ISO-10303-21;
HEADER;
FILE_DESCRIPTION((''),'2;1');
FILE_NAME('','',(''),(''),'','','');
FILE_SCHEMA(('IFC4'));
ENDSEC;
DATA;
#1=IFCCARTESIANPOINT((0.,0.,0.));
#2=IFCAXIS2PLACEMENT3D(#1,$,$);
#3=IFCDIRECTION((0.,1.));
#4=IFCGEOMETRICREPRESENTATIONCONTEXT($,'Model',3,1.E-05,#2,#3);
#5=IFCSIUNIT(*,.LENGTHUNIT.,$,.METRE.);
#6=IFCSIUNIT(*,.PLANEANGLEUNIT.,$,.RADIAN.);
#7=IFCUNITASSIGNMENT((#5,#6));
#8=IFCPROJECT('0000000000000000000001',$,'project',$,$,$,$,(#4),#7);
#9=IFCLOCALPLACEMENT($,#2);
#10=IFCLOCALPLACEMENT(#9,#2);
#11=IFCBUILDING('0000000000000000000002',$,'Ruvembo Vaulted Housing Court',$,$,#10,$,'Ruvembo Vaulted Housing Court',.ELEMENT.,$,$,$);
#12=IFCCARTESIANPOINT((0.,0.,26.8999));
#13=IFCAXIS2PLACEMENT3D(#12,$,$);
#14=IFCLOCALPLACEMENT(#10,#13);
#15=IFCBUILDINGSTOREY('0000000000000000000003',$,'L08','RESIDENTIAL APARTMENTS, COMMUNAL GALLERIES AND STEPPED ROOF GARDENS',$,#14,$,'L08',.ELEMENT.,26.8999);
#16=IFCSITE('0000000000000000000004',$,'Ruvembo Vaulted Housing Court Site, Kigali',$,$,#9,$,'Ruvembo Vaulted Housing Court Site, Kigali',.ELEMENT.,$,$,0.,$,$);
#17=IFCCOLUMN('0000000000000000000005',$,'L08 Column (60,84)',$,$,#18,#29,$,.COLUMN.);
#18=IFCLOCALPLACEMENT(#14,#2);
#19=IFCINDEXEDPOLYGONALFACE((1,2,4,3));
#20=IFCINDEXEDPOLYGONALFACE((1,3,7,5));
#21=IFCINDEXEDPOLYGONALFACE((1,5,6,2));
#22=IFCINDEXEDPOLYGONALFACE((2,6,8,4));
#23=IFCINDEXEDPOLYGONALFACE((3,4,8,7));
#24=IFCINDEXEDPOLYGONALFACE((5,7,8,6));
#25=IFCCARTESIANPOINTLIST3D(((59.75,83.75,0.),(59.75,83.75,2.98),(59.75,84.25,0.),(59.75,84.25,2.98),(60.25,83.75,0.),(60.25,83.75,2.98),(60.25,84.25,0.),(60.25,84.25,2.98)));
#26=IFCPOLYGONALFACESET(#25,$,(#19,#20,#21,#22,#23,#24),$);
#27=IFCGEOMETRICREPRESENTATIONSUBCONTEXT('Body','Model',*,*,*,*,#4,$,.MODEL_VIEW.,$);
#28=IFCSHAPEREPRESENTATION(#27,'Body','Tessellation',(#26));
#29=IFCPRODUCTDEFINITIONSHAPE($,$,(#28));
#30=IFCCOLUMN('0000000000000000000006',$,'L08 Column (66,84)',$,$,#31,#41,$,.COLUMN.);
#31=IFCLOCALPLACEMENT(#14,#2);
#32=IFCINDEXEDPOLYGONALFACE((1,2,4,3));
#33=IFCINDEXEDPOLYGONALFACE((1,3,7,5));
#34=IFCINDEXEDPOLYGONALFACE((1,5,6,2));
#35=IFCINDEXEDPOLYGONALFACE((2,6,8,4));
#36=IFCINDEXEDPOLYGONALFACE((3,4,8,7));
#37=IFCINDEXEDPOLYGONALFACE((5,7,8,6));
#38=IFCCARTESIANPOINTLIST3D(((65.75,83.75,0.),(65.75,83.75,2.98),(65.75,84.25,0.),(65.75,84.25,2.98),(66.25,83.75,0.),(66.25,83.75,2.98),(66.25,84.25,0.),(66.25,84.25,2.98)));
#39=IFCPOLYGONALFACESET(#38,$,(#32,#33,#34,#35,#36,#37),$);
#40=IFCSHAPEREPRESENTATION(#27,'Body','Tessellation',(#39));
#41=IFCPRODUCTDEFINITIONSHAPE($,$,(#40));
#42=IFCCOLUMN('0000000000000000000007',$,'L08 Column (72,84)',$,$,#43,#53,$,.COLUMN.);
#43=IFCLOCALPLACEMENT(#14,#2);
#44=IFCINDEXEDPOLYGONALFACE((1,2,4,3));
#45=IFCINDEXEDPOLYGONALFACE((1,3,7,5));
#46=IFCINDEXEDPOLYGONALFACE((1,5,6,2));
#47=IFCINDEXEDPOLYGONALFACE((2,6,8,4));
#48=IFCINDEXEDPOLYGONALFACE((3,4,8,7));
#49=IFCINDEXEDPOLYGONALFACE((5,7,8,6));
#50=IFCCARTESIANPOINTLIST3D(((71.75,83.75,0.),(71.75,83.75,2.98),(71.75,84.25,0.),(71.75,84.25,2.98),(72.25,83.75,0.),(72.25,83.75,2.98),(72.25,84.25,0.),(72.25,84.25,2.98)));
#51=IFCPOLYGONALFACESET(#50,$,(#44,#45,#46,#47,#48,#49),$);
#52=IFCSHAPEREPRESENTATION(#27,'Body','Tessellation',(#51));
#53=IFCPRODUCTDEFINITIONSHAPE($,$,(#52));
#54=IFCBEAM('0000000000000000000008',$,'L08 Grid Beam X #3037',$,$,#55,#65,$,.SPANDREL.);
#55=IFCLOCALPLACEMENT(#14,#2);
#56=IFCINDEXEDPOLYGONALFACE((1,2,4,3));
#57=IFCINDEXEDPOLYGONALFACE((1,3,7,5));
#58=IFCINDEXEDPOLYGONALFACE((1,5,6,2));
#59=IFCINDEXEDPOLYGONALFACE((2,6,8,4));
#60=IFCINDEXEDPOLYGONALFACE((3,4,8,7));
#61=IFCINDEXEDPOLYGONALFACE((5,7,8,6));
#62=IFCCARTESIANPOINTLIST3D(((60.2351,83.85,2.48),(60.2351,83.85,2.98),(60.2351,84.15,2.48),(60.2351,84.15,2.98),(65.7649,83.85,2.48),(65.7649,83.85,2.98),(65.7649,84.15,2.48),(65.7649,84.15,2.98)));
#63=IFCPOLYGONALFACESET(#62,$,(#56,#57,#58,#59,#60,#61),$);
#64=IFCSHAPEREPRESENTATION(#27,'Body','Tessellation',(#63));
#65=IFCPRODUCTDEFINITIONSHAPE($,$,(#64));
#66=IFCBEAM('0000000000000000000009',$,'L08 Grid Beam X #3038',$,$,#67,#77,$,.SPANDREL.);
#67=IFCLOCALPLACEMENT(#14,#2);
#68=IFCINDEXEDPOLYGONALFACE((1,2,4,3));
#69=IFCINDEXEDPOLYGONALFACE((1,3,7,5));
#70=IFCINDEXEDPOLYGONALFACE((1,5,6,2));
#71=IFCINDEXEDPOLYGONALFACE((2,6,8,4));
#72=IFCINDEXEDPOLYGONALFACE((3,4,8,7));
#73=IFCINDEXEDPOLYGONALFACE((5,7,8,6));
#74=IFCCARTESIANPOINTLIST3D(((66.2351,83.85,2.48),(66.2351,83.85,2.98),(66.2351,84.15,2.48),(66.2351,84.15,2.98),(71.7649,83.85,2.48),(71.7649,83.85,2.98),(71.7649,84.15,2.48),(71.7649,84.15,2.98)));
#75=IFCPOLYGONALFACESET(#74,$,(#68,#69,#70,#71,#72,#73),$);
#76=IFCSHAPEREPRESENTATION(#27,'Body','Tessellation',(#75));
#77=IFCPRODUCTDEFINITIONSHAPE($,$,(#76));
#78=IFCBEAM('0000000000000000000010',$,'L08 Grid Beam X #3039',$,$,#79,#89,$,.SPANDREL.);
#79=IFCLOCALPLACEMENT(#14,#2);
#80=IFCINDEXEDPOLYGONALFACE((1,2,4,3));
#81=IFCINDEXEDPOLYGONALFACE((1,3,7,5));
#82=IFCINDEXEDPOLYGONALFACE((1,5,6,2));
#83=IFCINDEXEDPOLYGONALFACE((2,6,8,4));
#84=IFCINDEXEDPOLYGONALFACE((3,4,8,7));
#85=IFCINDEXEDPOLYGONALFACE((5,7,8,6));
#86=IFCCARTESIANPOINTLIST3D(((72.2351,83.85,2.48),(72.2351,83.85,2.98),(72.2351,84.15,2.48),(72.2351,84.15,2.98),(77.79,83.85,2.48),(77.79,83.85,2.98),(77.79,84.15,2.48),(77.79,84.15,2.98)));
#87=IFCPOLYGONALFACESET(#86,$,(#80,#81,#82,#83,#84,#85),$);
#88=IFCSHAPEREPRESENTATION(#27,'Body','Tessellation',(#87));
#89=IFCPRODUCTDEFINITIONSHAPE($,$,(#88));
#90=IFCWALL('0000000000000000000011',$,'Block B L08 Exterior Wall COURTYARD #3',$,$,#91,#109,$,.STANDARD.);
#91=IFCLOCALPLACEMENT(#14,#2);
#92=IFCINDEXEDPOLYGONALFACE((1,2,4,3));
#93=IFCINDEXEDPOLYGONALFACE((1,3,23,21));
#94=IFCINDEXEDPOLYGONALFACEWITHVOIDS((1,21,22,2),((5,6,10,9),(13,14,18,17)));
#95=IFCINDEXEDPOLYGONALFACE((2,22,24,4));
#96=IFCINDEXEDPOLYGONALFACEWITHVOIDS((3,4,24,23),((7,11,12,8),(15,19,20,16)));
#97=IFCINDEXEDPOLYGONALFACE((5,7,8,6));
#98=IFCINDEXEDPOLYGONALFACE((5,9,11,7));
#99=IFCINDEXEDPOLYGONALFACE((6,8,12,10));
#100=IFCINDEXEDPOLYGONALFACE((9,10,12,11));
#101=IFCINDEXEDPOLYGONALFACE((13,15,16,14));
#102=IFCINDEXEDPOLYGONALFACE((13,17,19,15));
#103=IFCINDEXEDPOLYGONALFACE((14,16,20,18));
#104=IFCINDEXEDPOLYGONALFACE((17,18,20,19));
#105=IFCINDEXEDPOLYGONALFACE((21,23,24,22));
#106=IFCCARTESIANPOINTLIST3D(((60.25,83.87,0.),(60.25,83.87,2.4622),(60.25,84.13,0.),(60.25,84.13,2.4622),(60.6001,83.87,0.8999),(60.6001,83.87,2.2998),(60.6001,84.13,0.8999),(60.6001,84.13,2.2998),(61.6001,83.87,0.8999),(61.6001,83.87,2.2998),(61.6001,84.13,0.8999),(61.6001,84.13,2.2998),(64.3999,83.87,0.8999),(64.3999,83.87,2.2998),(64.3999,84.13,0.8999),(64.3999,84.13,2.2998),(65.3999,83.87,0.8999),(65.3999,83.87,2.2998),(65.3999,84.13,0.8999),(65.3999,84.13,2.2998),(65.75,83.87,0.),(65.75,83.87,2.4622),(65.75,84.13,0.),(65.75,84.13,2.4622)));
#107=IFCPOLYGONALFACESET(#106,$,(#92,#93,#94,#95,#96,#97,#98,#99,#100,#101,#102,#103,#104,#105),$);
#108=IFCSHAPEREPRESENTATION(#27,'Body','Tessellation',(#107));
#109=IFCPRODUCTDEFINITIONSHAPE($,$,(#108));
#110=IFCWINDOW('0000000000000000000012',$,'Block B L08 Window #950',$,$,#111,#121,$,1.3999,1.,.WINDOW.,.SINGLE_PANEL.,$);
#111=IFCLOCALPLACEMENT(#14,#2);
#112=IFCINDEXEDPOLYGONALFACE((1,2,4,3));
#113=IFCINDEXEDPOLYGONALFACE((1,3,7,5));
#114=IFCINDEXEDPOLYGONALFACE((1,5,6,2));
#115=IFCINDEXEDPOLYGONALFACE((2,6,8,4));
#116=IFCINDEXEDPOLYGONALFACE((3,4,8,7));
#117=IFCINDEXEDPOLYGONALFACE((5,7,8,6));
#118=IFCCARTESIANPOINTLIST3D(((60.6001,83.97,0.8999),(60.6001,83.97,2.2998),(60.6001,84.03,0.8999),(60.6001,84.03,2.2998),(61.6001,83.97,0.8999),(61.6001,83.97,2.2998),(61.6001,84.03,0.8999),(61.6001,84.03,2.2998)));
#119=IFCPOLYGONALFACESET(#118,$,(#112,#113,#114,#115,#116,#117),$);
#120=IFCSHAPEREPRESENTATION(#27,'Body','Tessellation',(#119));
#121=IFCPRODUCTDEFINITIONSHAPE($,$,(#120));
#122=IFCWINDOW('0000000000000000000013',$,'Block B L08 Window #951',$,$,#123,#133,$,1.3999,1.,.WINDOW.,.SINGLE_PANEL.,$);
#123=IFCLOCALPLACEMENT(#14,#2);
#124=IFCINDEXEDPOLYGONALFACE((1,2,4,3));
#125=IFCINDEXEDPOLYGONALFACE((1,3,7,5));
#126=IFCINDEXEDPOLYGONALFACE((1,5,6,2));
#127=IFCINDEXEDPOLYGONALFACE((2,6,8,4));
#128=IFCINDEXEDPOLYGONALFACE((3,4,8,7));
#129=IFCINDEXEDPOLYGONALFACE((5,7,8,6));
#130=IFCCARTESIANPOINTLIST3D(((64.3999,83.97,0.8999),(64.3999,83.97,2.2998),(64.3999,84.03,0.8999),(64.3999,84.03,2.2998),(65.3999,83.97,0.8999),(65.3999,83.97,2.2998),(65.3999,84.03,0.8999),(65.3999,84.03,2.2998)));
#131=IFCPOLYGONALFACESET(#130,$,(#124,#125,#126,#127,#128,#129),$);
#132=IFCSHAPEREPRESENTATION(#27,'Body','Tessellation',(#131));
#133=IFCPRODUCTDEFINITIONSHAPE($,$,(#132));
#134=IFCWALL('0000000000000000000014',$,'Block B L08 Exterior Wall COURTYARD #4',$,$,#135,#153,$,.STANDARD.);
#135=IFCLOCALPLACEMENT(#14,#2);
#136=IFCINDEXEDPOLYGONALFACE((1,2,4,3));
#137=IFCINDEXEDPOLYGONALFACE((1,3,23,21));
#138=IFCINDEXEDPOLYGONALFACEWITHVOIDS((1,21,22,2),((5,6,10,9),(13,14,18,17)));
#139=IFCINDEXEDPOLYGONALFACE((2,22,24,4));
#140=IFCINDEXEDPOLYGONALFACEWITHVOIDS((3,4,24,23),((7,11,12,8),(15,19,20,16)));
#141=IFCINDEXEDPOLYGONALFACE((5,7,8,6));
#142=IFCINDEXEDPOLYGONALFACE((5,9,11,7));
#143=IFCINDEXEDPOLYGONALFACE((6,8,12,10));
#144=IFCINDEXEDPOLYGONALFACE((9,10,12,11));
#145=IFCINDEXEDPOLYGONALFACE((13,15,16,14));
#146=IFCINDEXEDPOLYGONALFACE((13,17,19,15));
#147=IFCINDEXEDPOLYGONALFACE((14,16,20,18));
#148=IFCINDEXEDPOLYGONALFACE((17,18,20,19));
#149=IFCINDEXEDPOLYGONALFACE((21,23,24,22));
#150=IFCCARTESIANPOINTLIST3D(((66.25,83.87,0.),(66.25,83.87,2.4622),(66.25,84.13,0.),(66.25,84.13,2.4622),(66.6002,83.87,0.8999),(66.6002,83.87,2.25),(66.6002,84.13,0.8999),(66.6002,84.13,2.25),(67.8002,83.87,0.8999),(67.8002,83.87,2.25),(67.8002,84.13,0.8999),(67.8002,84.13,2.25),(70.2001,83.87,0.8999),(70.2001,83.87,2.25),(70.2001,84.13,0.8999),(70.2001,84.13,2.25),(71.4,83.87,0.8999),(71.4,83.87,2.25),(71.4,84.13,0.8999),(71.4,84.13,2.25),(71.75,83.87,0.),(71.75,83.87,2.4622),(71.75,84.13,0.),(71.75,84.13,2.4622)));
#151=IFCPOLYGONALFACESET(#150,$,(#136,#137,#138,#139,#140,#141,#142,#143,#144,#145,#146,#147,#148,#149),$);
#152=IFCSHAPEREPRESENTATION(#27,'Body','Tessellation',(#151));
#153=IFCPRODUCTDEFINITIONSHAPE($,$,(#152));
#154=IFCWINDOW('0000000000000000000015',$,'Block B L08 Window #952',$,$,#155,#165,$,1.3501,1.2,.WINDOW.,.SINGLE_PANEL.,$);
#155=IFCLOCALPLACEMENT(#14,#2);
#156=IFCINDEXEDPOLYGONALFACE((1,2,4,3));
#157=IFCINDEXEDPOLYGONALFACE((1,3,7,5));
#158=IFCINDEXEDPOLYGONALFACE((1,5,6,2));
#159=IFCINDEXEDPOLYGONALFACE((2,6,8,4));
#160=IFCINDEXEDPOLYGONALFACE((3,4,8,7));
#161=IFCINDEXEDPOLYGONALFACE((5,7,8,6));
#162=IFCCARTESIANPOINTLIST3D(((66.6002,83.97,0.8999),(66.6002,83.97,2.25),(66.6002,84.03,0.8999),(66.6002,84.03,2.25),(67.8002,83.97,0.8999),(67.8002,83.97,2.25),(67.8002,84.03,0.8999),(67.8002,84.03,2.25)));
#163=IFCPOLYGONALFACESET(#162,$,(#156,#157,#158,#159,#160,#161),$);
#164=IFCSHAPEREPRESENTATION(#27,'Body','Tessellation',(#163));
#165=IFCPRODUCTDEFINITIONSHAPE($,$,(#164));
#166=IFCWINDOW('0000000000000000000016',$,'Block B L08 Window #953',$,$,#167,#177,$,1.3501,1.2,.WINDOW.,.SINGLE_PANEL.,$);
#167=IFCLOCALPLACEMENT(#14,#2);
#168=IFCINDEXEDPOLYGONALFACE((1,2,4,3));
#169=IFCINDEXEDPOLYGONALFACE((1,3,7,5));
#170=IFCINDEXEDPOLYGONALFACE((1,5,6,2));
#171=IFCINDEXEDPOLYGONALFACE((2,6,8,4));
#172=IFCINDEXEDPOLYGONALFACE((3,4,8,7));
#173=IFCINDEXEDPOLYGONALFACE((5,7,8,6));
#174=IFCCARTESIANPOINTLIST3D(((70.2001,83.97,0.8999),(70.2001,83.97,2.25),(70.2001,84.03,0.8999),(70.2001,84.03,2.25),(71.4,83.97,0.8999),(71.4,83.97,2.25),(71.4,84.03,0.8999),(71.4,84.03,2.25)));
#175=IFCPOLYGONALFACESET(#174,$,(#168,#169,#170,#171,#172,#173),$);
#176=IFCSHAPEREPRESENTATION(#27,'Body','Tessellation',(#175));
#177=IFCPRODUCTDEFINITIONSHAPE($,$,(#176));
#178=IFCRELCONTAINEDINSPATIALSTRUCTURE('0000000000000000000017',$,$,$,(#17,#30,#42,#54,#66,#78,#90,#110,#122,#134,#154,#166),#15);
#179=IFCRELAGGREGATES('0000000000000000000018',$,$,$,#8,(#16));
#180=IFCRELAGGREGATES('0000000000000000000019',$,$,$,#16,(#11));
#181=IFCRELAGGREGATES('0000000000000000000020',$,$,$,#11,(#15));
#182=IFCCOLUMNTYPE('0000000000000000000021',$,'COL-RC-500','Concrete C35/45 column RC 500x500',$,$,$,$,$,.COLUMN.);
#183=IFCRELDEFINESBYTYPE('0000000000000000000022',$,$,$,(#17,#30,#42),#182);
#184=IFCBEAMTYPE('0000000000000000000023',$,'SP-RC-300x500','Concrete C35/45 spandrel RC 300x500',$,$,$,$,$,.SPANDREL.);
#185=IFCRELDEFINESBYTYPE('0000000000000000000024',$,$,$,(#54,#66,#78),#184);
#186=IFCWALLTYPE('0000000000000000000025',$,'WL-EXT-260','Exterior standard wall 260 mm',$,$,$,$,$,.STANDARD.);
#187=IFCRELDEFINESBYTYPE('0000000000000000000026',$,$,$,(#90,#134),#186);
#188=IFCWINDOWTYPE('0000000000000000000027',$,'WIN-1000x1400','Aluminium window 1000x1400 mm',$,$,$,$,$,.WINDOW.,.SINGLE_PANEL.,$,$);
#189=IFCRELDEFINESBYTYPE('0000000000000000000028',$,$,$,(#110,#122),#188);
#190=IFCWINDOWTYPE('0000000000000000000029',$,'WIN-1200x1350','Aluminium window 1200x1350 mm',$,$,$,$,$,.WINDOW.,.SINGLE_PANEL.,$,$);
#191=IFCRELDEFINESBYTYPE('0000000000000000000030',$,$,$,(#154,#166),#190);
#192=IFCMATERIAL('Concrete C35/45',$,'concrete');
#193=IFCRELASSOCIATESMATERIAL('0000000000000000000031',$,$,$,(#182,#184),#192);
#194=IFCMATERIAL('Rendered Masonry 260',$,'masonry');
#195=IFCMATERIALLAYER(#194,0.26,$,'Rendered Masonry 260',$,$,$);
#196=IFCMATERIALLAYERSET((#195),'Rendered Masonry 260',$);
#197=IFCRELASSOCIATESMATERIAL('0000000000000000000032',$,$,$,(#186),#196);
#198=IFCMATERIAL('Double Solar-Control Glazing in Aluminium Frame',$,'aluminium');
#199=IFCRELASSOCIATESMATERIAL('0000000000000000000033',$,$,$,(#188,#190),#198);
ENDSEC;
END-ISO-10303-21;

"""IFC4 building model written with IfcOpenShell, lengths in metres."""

from ifc_helpers import new_model, si_unit, direction, frame, frame_2d, origin, origin_2d, place, context, subcontext, project, spatial, rectangle, extrude, material, layer, layer_set, material_profile, profile_set, type_object, element, fill, save


model = new_model("IFC4")

# Units and contexts
model_context = context("Model", 3, precision=1e-05, world=origin(), true_north=direction((0.0, 1.0)))
body_context = subcontext(model_context, "Body", "Model", "MODEL_VIEW")
ifc_project = project(units=[si_unit("LENGTHUNIT", "METRE"), si_unit("PLANEANGLEUNIT", "RADIAN")], contexts=[model_context])

# Site, building, storey
site_placement = place(None, origin())
site = spatial("IfcSite", under=ifc_project, at=site_placement, Name="Ruvembo Vaulted Housing Court Site, Kigali", LongName="Ruvembo Vaulted Housing Court Site, Kigali", CompositionType="ELEMENT", RefElevation=0.0)
building_placement = place(site_placement, origin())
building = spatial("IfcBuilding", under=site, at=building_placement, Name="Ruvembo Vaulted Housing Court", LongName="Ruvembo Vaulted Housing Court", CompositionType="ELEMENT")
storey_placement = place(building_placement, frame((0.0, 0.0, 26.8999)))
storey = spatial("IfcBuildingStorey", under=building, at=storey_placement, Name="L08", Description="RESIDENTIAL APARTMENTS, COMMUNAL GALLERIES AND STEPPED ROOF GARDENS", LongName="L08", CompositionType="ELEMENT", Elevation=26.8999)

# Columns
ifc_material_1 = material(Name="Concrete C35/45", Category="concrete")
ifc_material_profile_1 = material_profile(ifc_material_1, rectangle(XDim=0.5, YDim=0.5, at=origin_2d()), Name="RC 500x500")
ifc_profile_set_1 = profile_set([ifc_material_profile_1], Name="Concrete C35/45")
column_type = type_object("IfcColumnType", Name="COL-RC-500", Description="Concrete C35/45 column RC 500x500", PredefinedType="COLUMN", material=ifc_profile_set_1)
for number, where, z_axis, x_axis, name in (
    (1, (60.0, 84.0, 0.0), (0.0, 0.0, 1.0), (1.0, 0.0, 0.0), "L08 Column (60,84)"),
    (2, (66.0, 84.0, 0.0), (0.0, 0.0, 1.0), (1.0, 0.0, 0.0), "L08 Column (66,84)"),
    (3, (72.0, 84.0, 0.0), (0.0, 0.0, 1.0), (1.0, 0.0, 0.0), "L08 Column (72,84)"),
):
    element("IfcColumn", number, at=place(storey_placement, frame(where, z_axis=z_axis, x_axis=x_axis)), inside=storey, type_object=column_type, Name=name, PredefinedType="COLUMN", context=body_context, shape_type="SweptSolid", body=[
        extrude(rectangle(XDim=0.5, YDim=0.5, at=origin_2d()), origin(), (0.0, 0.0, 1.0), 2.98),
    ])

# Beams
ifc_material_profile_2 = material_profile(ifc_material_1, rectangle(XDim=0.3, YDim=0.5, at=origin_2d()), Name="RC 300x500")
ifc_profile_set_2 = profile_set([ifc_material_profile_2], Name="Concrete C35/45")
beam_type = type_object("IfcBeamType", Name="SP-RC-300x500", Description="Concrete C35/45 spandrel RC 300x500", PredefinedType="SPANDREL", material=ifc_profile_set_2)
for number, where, z_axis, x_axis, name in (
    (4, (60.2351, 84.0, 2.73), (1.0, 0.0, 0.0), (0.0, 1.0, 0.0), "L08 Grid Beam X #3037"),
    (5, (66.2351, 84.0, 2.73), (1.0, 0.0, 0.0), (0.0, 1.0, 0.0), "L08 Grid Beam X #3038"),
):
    element("IfcBeam", number, at=place(storey_placement, frame(where, z_axis=z_axis, x_axis=x_axis)), inside=storey, type_object=beam_type, Name=name, PredefinedType="SPANDREL", context=body_context, shape_type="SweptSolid", body=[
        extrude(rectangle(XDim=0.3, YDim=0.5, at=origin_2d()), origin(), (0.0, 0.0, 1.0), 5.5298),
    ])
beam_placement = place(storey_placement, frame((72.2351, 84.0, 2.73), z_axis=(1.0, 0.0, 0.0), x_axis=(0.0, 1.0, 0.0)))
element("IfcBeam", 6, at=beam_placement, inside=storey, type_object=beam_type, Name="L08 Grid Beam X #3039", PredefinedType="SPANDREL", context=body_context, shape_type="SweptSolid", body=[
    extrude(rectangle(XDim=0.3, YDim=0.5, at=origin_2d()), origin(), (0.0, 0.0, 1.0), 5.5549),
])

# Walls, openings, windows
ifc_material_2 = material(Name="Rendered Masonry 260", Category="masonry")
ifc_layer = layer(ifc_material_2, 0.26, Name="Rendered Masonry 260")
ifc_layer_set = layer_set([ifc_layer], Name="Rendered Masonry 260")
wall_type = type_object("IfcWallType", Name="WL-EXT-260", Description="Exterior standard wall 260 mm", PredefinedType="STANDARD", material=ifc_layer_set)
wall_1_placement = place(storey_placement, frame((60.25, 84.0, 0.0), z_axis=(0.0, 0.0, 1.0), x_axis=(1.0, 0.0, 0.0)))
wall_1 = element("IfcWall", 7, at=wall_1_placement, inside=storey, type_object=wall_type, Name="Block B L08 Exterior Wall COURTYARD #3", PredefinedType="STANDARD", context=body_context, shape_type="SweptSolid", body=[
    extrude(rectangle(XDim=5.5, YDim=0.26, at=frame_2d((2.75, 0.0))), origin(), (0.0, 0.0, 1.0), 2.4622),
])
opening_1_placement = place(wall_1_placement, frame((0.3501, 0.0, 0.8999)))
opening_1 = element("IfcOpeningElement", 8, at=opening_1_placement, cuts=wall_1, PredefinedType="OPENING", context=body_context, shape_type="SweptSolid", body=[
    extrude(rectangle(XDim=1.0, YDim=1.3999, at=frame_2d((0.5, 0.7))), frame((0.0, 0.1399, 0.0), z_axis=(0.0, -1.0, 0.0), x_axis=(1.0, 0.0, 0.0)), (0.0, 0.0, 1.0), 0.28),
])
opening_2_placement = place(wall_1_placement, frame((4.1499, 0.0, 0.8999)))
opening_2 = element("IfcOpeningElement", 9, at=opening_2_placement, cuts=wall_1, PredefinedType="OPENING", context=body_context, shape_type="SweptSolid", body=[
    extrude(rectangle(XDim=1.0, YDim=1.3999, at=frame_2d((0.5, 0.7))), frame((0.0, 0.1399, 0.0), z_axis=(0.0, -1.0, 0.0), x_axis=(1.0, 0.0, 0.0)), (0.0, 0.0, 1.0), 0.28),
])
ifc_material_3 = material(Name="Double Solar-Control Glazing in Aluminium Frame", Category="aluminium")
window_type_1 = type_object("IfcWindowType", Name="WIN-1000x1400", Description="Aluminium window 1000x1400 mm", PartitioningType="SINGLE_PANEL", PredefinedType="WINDOW", material=ifc_material_3)
window_1_placement = place(opening_1_placement, origin())
window_1 = element("IfcWindow", 10, at=window_1_placement, inside=storey, type_object=window_type_1, Name="Block B L08 Window #950", OverallHeight=1.3999, OverallWidth=1.0, PartitioningType="SINGLE_PANEL", PredefinedType="WINDOW", context=body_context, shape_type="SweptSolid", body=[
    extrude(rectangle(XDim=1.0, YDim=1.3999, at=frame_2d((0.5, 0.7))), frame((0.0, 0.03, 0.0), z_axis=(0.0, -1.0, 0.0), x_axis=(1.0, 0.0, 0.0)), (0.0, 0.0, 1.0), 0.0601),
])
fill(opening_1, window_1)
window_2_placement = place(opening_2_placement, origin())
window_2 = element("IfcWindow", 11, at=window_2_placement, inside=storey, type_object=window_type_1, Name="Block B L08 Window #951", OverallHeight=1.3999, OverallWidth=1.0, PartitioningType="SINGLE_PANEL", PredefinedType="WINDOW", context=body_context, shape_type="SweptSolid", body=[
    extrude(rectangle(XDim=1.0, YDim=1.3999, at=frame_2d((0.5, 0.7))), frame((0.0, 0.03, 0.0), z_axis=(0.0, -1.0, 0.0), x_axis=(1.0, 0.0, 0.0)), (0.0, 0.0, 1.0), 0.0601),
])
fill(opening_2, window_2)
wall_2_placement = place(storey_placement, frame((66.25, 84.0, 0.0), z_axis=(0.0, 0.0, 1.0), x_axis=(1.0, 0.0, 0.0)))
wall_2 = element("IfcWall", 12, at=wall_2_placement, inside=storey, type_object=wall_type, Name="Block B L08 Exterior Wall COURTYARD #4", PredefinedType="STANDARD", context=body_context, shape_type="SweptSolid", body=[
    extrude(rectangle(XDim=5.5, YDim=0.26, at=frame_2d((2.75, 0.0))), origin(), (0.0, 0.0, 1.0), 2.4622),
])
opening_3_placement = place(wall_2_placement, frame((0.3501, 0.0, 0.8999)))
opening_3 = element("IfcOpeningElement", 13, at=opening_3_placement, cuts=wall_2, PredefinedType="OPENING", context=body_context, shape_type="SweptSolid", body=[
    extrude(rectangle(XDim=1.2, YDim=1.3501, at=frame_2d((0.6001, 0.675))), frame((0.0, 0.1399, 0.0), z_axis=(0.0, -1.0, 0.0), x_axis=(1.0, 0.0, 0.0)), (0.0, 0.0, 1.0), 0.28),
])
opening_4_placement = place(wall_2_placement, frame((3.95, 0.0, 0.8999)))
opening_4 = element("IfcOpeningElement", 14, at=opening_4_placement, cuts=wall_2, PredefinedType="OPENING", context=body_context, shape_type="SweptSolid", body=[
    extrude(rectangle(XDim=1.2, YDim=1.3501, at=frame_2d((0.6001, 0.675))), frame((0.0, 0.1399, 0.0), z_axis=(0.0, -1.0, 0.0), x_axis=(1.0, 0.0, 0.0)), (0.0, 0.0, 1.0), 0.28),
])
window_type_2 = type_object("IfcWindowType", Name="WIN-1200x1350", Description="Aluminium window 1200x1350 mm", PartitioningType="SINGLE_PANEL", PredefinedType="WINDOW", material=ifc_material_3)
window_3_placement = place(opening_3_placement, origin())
window_3 = element("IfcWindow", 15, at=window_3_placement, inside=storey, type_object=window_type_2, Name="Block B L08 Window #952", OverallHeight=1.3501, OverallWidth=1.2, PartitioningType="SINGLE_PANEL", PredefinedType="WINDOW", context=body_context, shape_type="SweptSolid", body=[
    extrude(rectangle(XDim=1.2, YDim=1.3501, at=frame_2d((0.6001, 0.675))), frame((0.0, 0.03, 0.0), z_axis=(0.0, -1.0, 0.0), x_axis=(1.0, 0.0, 0.0)), (0.0, 0.0, 1.0), 0.0601),
])
fill(opening_3, window_3)
window_4_placement = place(opening_4_placement, origin())
window_4 = element("IfcWindow", 16, at=window_4_placement, inside=storey, type_object=window_type_2, Name="Block B L08 Window #953", OverallHeight=1.3501, OverallWidth=1.2, PartitioningType="SINGLE_PANEL", PredefinedType="WINDOW", context=body_context, shape_type="SweptSolid", body=[
    extrude(rectangle(XDim=1.2, YDim=1.3501, at=frame_2d((0.6001, 0.675))), frame((0.0, 0.03, 0.0), z_axis=(0.0, -1.0, 0.0), x_axis=(1.0, 0.0, 0.0)), (0.0, 0.0, 1.0), 0.0601),
])
fill(opening_4, window_4)

save(model, "model.ifc")
